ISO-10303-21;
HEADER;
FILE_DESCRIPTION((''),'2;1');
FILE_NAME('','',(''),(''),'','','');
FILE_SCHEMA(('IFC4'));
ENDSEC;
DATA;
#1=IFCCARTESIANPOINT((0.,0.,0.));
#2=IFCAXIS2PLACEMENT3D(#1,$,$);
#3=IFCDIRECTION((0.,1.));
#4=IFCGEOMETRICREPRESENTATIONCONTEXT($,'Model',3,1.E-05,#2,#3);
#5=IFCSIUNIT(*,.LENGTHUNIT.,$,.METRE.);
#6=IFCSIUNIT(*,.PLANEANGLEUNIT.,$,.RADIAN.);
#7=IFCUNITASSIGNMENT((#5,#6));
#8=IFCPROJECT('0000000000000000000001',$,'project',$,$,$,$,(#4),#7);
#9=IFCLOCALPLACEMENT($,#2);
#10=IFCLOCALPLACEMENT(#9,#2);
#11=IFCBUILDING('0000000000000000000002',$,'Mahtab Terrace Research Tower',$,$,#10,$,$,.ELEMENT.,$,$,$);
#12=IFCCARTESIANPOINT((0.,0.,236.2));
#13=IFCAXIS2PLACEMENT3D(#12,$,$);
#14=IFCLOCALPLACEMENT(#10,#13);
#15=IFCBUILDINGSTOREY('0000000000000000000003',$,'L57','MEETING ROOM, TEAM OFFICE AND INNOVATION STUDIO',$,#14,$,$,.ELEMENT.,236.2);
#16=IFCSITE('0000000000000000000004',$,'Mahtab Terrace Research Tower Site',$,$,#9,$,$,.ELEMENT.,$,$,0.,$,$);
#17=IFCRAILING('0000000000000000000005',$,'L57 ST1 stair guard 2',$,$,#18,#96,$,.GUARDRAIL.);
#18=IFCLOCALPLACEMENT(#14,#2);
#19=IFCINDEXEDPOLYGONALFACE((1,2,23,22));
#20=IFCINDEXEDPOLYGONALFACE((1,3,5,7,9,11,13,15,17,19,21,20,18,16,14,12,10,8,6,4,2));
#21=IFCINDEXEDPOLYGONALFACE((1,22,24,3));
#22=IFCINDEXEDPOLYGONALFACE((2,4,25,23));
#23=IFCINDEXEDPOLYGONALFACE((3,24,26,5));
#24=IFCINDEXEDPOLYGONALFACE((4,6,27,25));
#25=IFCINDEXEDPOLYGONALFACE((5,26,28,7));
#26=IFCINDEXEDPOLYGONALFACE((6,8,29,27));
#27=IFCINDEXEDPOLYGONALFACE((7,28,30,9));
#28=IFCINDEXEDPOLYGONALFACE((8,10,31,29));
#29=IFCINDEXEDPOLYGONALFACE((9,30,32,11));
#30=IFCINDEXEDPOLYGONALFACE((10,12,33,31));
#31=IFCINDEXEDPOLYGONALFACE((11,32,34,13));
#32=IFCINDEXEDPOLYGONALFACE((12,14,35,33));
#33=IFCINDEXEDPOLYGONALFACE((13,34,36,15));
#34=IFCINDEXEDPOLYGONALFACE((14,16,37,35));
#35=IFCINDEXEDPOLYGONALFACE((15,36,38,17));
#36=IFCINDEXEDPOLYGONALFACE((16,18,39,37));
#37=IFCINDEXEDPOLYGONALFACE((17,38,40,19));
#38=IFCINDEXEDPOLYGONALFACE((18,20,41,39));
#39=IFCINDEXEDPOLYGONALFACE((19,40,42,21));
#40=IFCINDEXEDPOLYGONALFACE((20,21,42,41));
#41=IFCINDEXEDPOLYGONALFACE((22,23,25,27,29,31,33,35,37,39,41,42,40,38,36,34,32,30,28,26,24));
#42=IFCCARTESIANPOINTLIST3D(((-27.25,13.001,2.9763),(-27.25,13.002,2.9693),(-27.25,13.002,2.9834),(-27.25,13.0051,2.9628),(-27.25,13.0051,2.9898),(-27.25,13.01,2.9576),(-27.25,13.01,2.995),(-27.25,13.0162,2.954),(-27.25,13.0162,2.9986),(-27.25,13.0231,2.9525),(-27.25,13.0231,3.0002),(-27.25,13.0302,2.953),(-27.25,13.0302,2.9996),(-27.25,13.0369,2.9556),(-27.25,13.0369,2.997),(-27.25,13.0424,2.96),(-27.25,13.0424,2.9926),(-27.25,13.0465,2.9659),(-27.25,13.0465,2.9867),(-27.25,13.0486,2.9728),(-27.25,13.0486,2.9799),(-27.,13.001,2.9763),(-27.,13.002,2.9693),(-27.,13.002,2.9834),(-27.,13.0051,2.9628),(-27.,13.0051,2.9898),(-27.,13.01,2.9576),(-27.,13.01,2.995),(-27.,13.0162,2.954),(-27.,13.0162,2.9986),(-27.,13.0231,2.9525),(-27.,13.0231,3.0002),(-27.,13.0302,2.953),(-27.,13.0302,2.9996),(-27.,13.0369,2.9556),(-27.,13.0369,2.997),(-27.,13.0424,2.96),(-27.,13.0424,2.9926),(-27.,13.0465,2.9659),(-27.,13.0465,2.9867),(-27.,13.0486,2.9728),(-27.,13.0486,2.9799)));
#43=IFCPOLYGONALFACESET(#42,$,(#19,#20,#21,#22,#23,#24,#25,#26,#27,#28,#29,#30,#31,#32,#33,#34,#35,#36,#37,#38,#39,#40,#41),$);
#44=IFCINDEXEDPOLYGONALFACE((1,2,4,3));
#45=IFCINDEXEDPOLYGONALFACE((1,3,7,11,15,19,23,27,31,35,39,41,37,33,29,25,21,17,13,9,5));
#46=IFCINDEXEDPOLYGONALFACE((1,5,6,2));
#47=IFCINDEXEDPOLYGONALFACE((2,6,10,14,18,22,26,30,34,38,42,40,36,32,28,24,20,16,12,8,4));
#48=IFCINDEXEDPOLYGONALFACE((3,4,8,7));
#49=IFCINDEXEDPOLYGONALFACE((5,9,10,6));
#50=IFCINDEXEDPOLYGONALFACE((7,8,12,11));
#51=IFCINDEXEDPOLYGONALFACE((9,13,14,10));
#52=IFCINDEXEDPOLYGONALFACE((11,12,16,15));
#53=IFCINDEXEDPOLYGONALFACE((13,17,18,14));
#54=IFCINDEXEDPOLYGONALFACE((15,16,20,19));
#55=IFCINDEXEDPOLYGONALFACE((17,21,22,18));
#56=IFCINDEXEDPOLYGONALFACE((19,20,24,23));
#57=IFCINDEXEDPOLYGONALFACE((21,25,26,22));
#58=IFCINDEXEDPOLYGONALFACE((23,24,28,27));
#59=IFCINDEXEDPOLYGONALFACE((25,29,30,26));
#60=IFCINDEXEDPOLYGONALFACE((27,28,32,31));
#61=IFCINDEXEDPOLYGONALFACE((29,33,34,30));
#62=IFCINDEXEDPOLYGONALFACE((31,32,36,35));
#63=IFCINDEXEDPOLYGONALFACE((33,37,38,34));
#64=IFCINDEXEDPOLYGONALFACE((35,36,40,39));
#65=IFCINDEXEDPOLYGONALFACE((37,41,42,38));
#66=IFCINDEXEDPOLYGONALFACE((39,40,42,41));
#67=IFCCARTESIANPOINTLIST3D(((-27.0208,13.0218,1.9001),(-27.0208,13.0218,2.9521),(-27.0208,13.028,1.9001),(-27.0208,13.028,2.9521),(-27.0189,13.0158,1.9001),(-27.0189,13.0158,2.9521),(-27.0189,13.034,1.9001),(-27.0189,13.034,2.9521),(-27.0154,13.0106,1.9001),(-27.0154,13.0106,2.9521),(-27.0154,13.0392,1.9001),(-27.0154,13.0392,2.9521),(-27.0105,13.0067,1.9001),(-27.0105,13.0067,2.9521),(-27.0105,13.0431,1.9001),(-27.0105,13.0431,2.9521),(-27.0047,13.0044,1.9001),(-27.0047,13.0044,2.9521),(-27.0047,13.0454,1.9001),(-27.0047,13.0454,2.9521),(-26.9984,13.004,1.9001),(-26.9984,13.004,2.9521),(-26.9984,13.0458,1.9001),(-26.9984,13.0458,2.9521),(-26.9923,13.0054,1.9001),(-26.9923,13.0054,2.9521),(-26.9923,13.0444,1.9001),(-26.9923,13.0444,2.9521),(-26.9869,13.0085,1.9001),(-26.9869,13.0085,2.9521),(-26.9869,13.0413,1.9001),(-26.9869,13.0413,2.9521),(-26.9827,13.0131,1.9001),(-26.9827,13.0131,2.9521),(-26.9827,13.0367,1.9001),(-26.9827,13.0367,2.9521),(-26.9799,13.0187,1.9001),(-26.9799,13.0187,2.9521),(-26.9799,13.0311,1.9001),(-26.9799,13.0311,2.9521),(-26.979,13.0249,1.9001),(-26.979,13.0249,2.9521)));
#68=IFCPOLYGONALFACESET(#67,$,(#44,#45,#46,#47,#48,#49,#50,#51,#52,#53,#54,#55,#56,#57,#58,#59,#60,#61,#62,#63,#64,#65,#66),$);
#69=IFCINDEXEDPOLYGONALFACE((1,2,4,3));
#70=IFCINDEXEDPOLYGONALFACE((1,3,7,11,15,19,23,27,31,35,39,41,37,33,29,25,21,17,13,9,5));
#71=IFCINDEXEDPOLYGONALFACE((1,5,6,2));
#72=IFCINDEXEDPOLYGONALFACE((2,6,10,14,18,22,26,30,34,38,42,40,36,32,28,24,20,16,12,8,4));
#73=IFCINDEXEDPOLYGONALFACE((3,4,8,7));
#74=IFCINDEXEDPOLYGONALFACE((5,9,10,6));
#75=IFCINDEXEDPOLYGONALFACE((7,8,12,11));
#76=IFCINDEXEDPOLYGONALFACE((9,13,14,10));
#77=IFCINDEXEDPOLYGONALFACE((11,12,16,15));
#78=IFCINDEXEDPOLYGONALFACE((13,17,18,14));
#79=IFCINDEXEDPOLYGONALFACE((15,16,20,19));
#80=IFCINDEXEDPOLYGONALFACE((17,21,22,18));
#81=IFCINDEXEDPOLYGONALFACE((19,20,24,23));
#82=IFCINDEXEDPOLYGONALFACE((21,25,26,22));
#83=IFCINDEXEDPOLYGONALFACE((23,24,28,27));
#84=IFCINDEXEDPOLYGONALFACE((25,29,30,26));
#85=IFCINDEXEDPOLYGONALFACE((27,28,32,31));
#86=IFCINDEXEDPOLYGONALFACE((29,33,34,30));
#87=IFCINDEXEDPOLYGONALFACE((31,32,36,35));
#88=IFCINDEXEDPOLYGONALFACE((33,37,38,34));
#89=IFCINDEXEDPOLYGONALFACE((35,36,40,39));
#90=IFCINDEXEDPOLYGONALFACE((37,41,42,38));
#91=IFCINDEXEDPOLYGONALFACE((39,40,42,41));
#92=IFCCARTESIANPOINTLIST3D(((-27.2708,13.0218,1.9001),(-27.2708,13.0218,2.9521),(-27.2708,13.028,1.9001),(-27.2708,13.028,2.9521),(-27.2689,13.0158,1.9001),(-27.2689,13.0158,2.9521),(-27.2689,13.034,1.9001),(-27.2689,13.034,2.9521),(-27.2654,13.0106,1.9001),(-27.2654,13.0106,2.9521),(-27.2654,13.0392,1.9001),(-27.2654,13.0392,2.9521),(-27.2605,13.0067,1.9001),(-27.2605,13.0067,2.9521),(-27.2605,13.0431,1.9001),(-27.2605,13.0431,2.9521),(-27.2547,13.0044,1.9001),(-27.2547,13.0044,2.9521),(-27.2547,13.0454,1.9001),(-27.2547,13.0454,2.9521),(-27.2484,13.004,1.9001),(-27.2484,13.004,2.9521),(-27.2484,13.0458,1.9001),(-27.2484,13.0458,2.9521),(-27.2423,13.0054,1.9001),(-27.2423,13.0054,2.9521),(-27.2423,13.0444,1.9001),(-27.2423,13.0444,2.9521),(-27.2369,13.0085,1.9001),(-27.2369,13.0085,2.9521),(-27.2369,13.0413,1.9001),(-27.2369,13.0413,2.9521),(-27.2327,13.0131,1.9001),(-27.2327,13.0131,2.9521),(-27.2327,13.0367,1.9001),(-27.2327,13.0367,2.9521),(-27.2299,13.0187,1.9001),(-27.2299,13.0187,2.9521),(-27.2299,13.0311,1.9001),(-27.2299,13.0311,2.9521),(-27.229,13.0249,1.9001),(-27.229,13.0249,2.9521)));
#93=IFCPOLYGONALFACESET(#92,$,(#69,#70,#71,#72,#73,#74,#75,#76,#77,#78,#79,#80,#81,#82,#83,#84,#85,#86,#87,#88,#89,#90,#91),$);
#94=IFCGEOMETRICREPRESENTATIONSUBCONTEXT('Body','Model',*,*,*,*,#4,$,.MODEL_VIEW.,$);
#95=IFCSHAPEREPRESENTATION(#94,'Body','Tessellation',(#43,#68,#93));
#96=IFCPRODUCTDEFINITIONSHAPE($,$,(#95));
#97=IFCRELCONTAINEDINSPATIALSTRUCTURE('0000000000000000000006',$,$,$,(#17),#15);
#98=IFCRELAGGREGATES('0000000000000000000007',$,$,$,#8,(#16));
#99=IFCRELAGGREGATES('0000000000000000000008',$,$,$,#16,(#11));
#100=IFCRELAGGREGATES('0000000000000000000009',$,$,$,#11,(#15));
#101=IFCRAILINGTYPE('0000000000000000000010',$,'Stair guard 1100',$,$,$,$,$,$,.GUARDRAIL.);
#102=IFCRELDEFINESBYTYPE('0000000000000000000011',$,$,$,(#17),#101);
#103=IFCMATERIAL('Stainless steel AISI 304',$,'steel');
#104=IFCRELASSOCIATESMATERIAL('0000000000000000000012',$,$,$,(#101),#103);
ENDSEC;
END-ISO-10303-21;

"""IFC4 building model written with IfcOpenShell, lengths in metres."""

from ifc_helpers import new_model, si_unit, direction, frame, origin, origin_2d, place, context, subcontext, project, spatial, circle, extrude, material, type_object, element, save


model = new_model("IFC4")

# Units and contexts
model_context = context("Model", 3, precision=1e-05, world=origin(), true_north=direction((0.0, 1.0)))
body_context = subcontext(model_context, "Body", "Model", "MODEL_VIEW")
ifc_project = project(units=[si_unit("LENGTHUNIT", "METRE"), si_unit("PLANEANGLEUNIT", "RADIAN")], contexts=[model_context])

# Site, building, storey
site_placement = place(None, origin())
site = spatial("IfcSite", under=ifc_project, at=site_placement, Name="Mahtab Terrace Research Tower Site", CompositionType="ELEMENT", RefElevation=0.0)
building_placement = place(site_placement, origin())
building = spatial("IfcBuilding", under=site, at=building_placement, Name="Mahtab Terrace Research Tower", CompositionType="ELEMENT")
storey_placement = place(building_placement, frame((0.0, 0.0, 236.2)))
storey = spatial("IfcBuildingStorey", under=building, at=storey_placement, Name="L57", Description="MEETING ROOM, TEAM OFFICE AND INNOVATION STUDIO", CompositionType="ELEMENT", Elevation=236.2)

# Railing
ifc_material_1 = material(Name="Stainless steel AISI 304", Category="steel")
railing_type_1 = type_object("IfcRailingType", Name="Stair guard 1100", PredefinedType="GUARDRAIL", material=ifc_material_1)
railing_1_placement = place(storey_placement, frame((-27.0, 13.0249, 1.9001)))
element("IfcRailing", 1, at=railing_1_placement, inside=storey, type_object=railing_type_1, Name="L57 ST1 stair guard 2", PredefinedType="GUARDRAIL", context=body_context, shape_type="SweptSolid", body=[
    extrude(circle(Radius=0.0239, at=origin_2d()), frame((0.0, 0.0, 1.0762), z_axis=(-1.0, 0.0, 0.0), x_axis=(0.0, -1.0, 0.0)), (0.0, 0.0, 1.0), 0.25),
    extrude(circle(Radius=0.021, at=origin_2d()), origin(), (0.0, 0.0, 1.0), 1.052),
    extrude(circle(Radius=0.021, at=origin_2d()), frame((-0.25, 0.0, 0.0)), (0.0, 0.0, 1.0), 1.052),
])

save(model, "model.ifc")
